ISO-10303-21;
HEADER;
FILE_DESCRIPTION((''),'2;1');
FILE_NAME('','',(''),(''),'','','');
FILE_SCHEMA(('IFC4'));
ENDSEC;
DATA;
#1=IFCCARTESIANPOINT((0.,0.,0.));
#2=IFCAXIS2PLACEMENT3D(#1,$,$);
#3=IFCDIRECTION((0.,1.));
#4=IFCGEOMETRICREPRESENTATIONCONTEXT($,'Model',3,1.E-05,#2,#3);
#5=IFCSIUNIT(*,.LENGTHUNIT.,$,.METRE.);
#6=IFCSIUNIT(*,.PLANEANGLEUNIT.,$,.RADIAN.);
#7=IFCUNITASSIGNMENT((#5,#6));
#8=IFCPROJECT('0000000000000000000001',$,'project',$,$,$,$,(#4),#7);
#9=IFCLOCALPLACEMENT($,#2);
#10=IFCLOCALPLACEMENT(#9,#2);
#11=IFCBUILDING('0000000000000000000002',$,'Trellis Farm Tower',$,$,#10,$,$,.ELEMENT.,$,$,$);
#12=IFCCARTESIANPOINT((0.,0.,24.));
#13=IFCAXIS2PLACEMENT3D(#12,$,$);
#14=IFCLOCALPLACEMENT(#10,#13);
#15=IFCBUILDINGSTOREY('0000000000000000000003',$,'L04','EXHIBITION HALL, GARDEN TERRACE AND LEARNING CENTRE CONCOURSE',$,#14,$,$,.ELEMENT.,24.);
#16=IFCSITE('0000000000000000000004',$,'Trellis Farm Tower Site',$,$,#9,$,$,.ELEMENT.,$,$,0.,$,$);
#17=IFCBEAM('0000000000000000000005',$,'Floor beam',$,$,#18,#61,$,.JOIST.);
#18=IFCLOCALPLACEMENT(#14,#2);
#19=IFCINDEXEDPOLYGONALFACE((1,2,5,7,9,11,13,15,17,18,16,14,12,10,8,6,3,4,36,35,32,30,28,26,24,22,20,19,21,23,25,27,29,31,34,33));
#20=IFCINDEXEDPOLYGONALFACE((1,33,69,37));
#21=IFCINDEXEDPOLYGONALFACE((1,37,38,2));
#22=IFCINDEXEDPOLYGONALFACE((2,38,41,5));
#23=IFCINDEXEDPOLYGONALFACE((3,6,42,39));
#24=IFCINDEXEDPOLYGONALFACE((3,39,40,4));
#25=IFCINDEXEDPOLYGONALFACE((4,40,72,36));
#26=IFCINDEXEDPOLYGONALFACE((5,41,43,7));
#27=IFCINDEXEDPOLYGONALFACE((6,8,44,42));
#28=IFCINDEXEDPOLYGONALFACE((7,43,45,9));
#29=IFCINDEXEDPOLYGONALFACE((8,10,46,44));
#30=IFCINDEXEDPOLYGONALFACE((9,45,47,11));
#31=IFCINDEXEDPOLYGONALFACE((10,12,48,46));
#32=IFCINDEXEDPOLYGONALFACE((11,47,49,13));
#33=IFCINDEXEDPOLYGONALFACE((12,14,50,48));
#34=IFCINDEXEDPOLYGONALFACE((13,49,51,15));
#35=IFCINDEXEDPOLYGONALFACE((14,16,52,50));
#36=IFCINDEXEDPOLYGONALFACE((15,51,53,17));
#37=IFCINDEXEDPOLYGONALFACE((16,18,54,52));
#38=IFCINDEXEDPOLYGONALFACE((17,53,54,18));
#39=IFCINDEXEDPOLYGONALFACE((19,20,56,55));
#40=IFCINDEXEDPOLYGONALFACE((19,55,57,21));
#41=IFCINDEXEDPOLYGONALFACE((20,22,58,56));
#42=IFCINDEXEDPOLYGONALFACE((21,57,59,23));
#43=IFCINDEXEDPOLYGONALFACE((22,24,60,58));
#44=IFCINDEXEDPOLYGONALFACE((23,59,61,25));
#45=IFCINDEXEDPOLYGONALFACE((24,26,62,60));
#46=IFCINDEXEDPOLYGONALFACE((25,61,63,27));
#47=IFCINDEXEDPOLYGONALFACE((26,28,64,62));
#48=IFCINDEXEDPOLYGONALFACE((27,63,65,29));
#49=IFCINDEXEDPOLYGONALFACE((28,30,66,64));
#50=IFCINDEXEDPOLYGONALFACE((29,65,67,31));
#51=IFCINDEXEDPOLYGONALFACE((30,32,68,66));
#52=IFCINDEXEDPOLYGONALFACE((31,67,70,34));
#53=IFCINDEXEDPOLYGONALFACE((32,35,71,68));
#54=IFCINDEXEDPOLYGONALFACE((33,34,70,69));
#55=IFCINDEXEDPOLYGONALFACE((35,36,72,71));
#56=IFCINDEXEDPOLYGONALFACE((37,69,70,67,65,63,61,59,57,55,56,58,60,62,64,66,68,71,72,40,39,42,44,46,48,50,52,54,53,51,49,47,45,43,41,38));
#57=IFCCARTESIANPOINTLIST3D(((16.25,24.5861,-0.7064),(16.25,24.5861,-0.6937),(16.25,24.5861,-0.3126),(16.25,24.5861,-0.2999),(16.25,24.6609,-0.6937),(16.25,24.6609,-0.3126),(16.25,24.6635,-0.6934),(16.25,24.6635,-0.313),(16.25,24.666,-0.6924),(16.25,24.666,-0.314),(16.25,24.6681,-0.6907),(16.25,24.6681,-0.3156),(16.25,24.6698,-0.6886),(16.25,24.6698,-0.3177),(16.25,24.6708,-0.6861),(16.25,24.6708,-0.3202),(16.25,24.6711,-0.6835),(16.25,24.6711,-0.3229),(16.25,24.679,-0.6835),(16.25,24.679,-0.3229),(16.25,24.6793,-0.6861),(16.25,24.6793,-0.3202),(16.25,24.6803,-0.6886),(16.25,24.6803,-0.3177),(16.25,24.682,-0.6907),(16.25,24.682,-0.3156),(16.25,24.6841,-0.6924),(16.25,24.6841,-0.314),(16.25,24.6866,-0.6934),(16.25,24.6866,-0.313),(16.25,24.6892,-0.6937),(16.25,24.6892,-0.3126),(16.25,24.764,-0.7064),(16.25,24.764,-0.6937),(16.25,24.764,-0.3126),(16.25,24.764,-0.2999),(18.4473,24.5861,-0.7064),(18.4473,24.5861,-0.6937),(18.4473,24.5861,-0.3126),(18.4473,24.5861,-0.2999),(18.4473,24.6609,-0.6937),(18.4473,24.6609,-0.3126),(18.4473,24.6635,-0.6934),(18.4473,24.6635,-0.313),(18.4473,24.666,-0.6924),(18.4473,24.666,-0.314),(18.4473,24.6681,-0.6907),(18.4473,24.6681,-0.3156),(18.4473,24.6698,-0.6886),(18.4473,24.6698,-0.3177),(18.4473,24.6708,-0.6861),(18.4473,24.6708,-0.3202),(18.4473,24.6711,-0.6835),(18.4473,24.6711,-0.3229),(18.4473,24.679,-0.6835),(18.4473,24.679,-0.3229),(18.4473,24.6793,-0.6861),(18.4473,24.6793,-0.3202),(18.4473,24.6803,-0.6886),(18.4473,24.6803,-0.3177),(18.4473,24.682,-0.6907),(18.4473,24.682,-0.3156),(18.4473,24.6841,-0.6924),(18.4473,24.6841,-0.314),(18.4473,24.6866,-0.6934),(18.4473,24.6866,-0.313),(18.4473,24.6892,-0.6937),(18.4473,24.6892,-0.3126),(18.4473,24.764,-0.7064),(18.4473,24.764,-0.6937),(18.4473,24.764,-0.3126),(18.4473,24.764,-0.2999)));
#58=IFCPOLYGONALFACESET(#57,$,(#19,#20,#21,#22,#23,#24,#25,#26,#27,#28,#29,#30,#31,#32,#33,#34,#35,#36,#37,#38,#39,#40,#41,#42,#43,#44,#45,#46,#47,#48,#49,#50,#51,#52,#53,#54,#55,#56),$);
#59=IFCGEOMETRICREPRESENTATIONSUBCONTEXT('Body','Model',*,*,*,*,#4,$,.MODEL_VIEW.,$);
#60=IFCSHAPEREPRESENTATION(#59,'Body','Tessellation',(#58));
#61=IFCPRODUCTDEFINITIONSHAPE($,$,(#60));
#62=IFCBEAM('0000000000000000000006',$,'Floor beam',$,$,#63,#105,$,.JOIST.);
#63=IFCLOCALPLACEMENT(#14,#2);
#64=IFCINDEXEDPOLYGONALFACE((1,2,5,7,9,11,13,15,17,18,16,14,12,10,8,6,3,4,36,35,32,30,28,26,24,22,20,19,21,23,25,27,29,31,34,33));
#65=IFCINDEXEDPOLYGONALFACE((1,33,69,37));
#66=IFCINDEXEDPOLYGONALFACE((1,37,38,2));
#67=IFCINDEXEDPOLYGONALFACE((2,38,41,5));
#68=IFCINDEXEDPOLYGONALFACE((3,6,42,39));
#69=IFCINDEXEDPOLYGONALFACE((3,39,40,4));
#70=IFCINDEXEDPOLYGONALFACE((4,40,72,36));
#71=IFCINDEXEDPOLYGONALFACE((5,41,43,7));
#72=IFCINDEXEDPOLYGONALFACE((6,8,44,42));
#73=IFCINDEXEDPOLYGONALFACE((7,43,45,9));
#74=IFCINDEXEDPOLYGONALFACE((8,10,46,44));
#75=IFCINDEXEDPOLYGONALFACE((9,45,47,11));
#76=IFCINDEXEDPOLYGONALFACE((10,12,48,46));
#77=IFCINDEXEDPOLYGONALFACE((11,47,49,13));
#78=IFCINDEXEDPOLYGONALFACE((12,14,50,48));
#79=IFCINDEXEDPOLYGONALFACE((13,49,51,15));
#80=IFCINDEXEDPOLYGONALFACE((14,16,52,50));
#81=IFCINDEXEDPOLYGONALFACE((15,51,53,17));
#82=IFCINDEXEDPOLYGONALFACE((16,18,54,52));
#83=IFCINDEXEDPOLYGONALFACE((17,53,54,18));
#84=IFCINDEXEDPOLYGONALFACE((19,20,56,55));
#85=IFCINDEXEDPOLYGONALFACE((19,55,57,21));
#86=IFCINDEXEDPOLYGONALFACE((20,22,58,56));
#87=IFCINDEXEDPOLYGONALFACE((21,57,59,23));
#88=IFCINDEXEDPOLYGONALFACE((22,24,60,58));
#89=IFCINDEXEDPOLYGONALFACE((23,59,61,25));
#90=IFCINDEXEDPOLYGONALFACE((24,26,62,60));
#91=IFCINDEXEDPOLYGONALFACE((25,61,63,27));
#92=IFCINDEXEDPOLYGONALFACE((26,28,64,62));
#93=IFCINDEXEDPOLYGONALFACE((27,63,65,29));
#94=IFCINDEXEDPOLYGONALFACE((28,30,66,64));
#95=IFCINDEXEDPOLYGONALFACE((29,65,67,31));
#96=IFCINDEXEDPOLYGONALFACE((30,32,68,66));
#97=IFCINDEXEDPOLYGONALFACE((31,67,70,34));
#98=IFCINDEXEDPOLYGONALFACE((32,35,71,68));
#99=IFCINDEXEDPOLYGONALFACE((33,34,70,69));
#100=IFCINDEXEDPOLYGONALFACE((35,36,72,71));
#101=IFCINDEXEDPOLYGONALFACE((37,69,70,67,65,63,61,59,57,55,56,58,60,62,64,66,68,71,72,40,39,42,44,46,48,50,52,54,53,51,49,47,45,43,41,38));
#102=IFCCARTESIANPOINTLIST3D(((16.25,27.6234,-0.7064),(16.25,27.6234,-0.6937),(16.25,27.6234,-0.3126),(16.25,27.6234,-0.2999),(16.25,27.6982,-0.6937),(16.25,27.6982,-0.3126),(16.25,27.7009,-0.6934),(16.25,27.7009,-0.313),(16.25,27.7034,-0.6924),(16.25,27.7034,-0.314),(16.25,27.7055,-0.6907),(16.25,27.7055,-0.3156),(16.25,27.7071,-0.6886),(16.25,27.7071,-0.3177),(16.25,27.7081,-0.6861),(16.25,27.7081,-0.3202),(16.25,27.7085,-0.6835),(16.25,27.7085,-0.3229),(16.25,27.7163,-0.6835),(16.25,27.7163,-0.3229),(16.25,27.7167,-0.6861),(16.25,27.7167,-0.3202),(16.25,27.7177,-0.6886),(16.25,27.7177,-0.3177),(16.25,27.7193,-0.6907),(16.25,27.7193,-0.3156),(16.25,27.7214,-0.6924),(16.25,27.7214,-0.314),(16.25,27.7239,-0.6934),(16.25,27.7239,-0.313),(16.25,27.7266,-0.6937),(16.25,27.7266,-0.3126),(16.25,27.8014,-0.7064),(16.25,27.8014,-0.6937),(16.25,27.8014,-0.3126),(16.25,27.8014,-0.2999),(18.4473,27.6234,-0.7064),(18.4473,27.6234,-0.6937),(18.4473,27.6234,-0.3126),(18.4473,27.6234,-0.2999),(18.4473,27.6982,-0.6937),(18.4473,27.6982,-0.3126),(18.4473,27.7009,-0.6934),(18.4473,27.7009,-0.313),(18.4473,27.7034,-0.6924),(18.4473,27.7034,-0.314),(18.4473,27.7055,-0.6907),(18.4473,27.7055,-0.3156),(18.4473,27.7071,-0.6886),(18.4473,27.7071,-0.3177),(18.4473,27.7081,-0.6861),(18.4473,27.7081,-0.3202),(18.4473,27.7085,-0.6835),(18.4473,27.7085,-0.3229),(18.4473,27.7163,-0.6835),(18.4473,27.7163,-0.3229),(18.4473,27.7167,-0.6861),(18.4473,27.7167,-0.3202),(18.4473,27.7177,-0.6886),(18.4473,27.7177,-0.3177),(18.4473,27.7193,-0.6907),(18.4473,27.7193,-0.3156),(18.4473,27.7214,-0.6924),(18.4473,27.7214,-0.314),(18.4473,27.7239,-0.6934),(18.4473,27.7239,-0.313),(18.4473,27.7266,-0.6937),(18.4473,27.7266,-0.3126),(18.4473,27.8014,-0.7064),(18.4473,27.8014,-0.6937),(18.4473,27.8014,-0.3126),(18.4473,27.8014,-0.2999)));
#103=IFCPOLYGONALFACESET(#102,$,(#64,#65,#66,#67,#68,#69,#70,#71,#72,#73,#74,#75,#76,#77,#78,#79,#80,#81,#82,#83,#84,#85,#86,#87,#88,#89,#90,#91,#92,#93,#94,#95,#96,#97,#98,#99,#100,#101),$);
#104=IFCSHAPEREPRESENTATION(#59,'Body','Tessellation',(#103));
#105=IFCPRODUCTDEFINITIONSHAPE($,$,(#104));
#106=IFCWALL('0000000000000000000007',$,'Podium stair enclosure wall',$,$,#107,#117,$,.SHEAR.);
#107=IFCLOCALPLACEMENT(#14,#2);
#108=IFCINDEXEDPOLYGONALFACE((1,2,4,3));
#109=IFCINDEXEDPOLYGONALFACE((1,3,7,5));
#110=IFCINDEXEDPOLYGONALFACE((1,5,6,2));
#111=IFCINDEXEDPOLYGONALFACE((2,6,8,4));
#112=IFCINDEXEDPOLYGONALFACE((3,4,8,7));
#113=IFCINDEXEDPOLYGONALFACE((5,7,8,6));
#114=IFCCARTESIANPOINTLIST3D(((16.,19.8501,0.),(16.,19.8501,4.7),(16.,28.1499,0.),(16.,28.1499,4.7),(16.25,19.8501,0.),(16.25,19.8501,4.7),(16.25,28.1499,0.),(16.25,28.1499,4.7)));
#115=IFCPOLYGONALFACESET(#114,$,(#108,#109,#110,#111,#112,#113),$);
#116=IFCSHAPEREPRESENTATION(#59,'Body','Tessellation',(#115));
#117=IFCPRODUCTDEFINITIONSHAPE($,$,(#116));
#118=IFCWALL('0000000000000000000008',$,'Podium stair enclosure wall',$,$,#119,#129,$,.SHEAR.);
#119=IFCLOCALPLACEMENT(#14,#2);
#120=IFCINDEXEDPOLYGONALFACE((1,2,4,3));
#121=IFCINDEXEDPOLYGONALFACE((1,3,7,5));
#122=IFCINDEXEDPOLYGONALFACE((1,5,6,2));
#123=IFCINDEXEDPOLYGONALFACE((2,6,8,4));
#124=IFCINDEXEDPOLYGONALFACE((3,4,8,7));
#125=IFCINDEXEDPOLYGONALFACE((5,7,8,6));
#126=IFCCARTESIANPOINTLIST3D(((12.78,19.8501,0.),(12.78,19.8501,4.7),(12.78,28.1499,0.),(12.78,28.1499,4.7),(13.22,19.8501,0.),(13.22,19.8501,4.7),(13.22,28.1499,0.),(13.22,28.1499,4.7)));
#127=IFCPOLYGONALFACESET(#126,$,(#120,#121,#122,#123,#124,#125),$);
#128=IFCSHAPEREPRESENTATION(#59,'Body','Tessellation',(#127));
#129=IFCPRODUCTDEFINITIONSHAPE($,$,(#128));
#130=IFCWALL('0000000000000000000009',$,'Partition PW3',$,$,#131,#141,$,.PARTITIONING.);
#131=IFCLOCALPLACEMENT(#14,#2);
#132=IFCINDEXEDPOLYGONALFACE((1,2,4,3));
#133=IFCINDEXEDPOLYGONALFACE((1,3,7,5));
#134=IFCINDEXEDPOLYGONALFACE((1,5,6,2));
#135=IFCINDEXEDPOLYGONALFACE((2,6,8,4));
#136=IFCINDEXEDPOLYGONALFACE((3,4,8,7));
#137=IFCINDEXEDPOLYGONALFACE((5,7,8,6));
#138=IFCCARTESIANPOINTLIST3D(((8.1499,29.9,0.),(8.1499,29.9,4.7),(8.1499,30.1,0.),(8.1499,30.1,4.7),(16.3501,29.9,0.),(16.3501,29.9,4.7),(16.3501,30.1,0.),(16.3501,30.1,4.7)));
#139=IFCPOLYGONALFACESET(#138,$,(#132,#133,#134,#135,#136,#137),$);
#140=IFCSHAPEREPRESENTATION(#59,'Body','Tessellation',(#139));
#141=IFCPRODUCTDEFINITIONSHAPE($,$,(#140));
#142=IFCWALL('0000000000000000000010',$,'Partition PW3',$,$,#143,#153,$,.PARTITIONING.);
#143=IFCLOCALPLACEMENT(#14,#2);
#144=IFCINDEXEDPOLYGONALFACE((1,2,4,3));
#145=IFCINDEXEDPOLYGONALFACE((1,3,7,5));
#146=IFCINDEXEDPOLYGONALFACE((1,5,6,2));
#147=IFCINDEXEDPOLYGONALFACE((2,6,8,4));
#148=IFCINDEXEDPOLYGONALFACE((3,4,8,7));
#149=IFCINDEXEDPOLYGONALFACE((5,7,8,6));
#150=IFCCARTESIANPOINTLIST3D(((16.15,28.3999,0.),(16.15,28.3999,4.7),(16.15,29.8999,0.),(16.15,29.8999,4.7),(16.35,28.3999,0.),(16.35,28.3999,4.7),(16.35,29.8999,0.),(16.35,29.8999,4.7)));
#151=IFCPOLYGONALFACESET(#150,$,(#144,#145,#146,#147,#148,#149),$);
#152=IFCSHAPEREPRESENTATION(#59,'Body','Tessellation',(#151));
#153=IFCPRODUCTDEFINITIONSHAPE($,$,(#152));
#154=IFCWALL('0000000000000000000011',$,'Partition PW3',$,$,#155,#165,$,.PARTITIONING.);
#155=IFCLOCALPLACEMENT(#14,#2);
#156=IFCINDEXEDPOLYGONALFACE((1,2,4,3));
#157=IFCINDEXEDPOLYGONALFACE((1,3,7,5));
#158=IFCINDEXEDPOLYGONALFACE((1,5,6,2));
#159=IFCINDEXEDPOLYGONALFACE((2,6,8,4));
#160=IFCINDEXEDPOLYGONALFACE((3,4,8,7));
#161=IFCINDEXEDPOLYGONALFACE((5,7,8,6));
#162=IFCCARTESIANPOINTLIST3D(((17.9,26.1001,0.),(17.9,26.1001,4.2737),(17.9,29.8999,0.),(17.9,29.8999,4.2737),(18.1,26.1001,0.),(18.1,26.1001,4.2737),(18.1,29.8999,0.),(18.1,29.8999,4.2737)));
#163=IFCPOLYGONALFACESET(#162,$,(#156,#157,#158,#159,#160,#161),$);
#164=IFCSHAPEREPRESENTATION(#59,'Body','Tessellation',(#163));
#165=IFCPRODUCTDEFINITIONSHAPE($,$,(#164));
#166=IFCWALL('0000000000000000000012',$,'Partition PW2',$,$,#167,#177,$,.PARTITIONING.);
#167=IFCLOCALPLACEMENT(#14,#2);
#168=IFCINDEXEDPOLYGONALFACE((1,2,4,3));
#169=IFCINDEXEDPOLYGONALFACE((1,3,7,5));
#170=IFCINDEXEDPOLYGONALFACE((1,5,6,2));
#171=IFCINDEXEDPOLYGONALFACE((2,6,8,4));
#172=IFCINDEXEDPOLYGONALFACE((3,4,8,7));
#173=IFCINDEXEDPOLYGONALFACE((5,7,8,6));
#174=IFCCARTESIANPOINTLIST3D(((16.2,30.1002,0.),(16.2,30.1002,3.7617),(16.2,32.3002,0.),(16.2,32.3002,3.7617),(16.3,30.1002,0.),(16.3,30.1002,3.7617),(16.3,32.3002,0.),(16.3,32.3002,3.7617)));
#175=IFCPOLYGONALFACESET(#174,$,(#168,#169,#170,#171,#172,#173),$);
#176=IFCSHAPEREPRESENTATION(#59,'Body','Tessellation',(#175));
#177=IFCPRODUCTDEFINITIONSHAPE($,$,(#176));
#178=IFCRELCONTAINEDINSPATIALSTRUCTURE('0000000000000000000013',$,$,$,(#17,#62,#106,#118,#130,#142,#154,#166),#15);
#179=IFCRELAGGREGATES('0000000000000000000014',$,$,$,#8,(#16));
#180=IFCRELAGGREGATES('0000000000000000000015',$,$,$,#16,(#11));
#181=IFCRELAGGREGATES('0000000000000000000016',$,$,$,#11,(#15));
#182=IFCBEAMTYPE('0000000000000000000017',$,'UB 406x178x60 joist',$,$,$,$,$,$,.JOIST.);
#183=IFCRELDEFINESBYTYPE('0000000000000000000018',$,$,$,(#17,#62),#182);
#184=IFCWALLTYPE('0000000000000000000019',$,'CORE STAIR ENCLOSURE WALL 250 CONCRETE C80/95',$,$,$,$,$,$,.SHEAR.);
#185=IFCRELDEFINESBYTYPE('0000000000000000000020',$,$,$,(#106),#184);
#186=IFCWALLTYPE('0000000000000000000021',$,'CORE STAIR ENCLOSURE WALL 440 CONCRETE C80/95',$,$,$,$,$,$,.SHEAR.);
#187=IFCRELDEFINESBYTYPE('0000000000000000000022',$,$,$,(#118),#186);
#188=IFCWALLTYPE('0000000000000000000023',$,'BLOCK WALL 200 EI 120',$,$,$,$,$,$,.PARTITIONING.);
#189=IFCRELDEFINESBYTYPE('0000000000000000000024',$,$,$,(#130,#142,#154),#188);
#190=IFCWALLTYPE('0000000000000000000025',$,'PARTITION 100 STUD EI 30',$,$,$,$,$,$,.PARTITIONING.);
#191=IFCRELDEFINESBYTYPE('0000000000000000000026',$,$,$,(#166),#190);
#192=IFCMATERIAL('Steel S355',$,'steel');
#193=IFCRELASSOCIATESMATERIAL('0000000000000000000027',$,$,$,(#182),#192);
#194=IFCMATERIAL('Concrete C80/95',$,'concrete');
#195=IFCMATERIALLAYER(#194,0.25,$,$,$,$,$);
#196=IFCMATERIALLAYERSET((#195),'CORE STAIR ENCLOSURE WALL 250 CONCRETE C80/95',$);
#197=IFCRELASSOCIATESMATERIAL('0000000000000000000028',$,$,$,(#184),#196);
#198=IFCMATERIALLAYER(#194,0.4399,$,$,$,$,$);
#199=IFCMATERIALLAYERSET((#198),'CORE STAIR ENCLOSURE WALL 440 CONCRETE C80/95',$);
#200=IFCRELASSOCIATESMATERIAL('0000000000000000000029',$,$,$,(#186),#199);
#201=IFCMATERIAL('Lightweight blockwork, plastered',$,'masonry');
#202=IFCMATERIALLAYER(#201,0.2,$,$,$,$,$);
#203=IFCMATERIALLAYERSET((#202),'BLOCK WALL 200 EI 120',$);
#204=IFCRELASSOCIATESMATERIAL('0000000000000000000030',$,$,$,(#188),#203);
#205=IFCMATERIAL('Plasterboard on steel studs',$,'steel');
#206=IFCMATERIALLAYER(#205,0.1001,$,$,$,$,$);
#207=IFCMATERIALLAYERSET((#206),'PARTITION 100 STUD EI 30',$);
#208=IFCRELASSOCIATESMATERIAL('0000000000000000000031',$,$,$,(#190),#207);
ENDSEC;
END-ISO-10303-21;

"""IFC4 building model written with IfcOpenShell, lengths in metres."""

from ifc_helpers import new_model, si_unit, direction, frame, frame_2d, origin, origin_2d, place, context, subcontext, project, spatial, rectangle, i_section, extrude, source, transform, mapped, material, layer, layer_set, material_profile, profile_set, type_object, element, save


model = new_model("IFC4")

# Units and contexts
model_context = context("Model", 3, precision=1e-05, world=origin(), true_north=direction((0.0, 1.0)))
body_context = subcontext(model_context, "Body", "Model", "MODEL_VIEW")
ifc_project = project(units=[si_unit("LENGTHUNIT", "METRE"), si_unit("PLANEANGLEUNIT", "RADIAN")], contexts=[model_context])

# Site, building, storey
site_placement = place(None, origin())
site = spatial("IfcSite", under=ifc_project, at=site_placement, Name="Trellis Farm Tower Site", CompositionType="ELEMENT", RefElevation=0.0)
building_placement = place(site_placement, origin())
building = spatial("IfcBuilding", under=site, at=building_placement, Name="Trellis Farm Tower", CompositionType="ELEMENT")
storey_placement = place(building_placement, frame((0.0, 0.0, 24.0)))
storey = spatial("IfcBuildingStorey", under=building, at=storey_placement, Name="L04", Description="EXHIBITION HALL, GARDEN TERRACE AND LEARNING CENTRE CONCOURSE", CompositionType="ELEMENT", Elevation=24.0)

# Beams
ifc_material_1 = material(Name="Steel S355", Category="steel")
ifc_material_profile_1 = material_profile(ifc_material_1, i_section(OverallWidth=0.178, OverallDepth=0.4065, WebThickness=0.0078, FlangeThickness=0.0127, FilletRadius=0.0103, at=origin_2d()), Name="UB 406x178x60")
ifc_profile_set_1 = profile_set([ifc_material_profile_1], Name="Steel S355")
beam_type_1 = type_object("IfcBeamType", Name="UB 406x178x60 joist", PredefinedType="JOIST", material=ifc_profile_set_1)
shared_shape_1 = source(origin(), body_context, "Body", "SweptSolid", [
    extrude(i_section(OverallWidth=0.178, OverallDepth=0.4065, WebThickness=0.0078, FlangeThickness=0.0127, FilletRadius=0.0103, at=origin_2d()), origin(), (0.0, 0.0, 1.0), 2.1973),
])
for number, where, z_axis, x_axis, name in (
    (1, (16.25, 24.675, -0.5032), (1.0, 0.0, 0.0), (0.0, 1.0, 0.0), "Floor beam"),
    (2, (16.25, 27.7124, -0.5032), (1.0, 0.0, 0.0), (0.0, 1.0, 0.0), "Floor beam"),
):
    element("IfcBeam", number, at=place(storey_placement, frame(where, z_axis=z_axis, x_axis=x_axis)), inside=storey, type_object=beam_type_1, Name=name, PredefinedType="JOIST", context=body_context, shape_type="MappedRepresentation", body=[
        mapped(shared_shape_1, transform((0.0, 0.0, 0.0))),
    ])

# Walls
ifc_material_2 = material(Name="Concrete C80/95", Category="concrete")
ifc_layer_1 = layer(ifc_material_2, 0.25)
ifc_layer_set_1 = layer_set([ifc_layer_1], Name="CORE STAIR ENCLOSURE WALL 250 CONCRETE C80/95")
wall_type_1 = type_object("IfcWallType", Name="CORE STAIR ENCLOSURE WALL 250 CONCRETE C80/95", PredefinedType="SHEAR", material=ifc_layer_set_1)
shared_shape_2 = source(origin(), body_context, "Body", "SweptSolid", [
    extrude(rectangle(XDim=8.2998, YDim=0.25, at=frame_2d((4.1499, 0.0))), origin(), (0.0, 0.0, 1.0), 4.7),
])
wall_1_placement = place(storey_placement, frame((16.125, 19.8501, 0.0), z_axis=(0.0, 0.0, 1.0), x_axis=(0.0, 1.0, 0.0)))
element("IfcWall", 3, at=wall_1_placement, inside=storey, type_object=wall_type_1, Name="Podium stair enclosure wall", PredefinedType="SHEAR", context=body_context, shape_type="MappedRepresentation", body=[
    mapped(shared_shape_2, transform((0.0, 0.0, 0.0))),
])
ifc_layer_2 = layer(ifc_material_2, 0.4399)
ifc_layer_set_2 = layer_set([ifc_layer_2], Name="CORE STAIR ENCLOSURE WALL 440 CONCRETE C80/95")
wall_type_2 = type_object("IfcWallType", Name="CORE STAIR ENCLOSURE WALL 440 CONCRETE C80/95", PredefinedType="SHEAR", material=ifc_layer_set_2)
shared_shape_3 = source(origin(), body_context, "Body", "SweptSolid", [
    extrude(rectangle(XDim=8.2998, YDim=0.4399, at=frame_2d((4.1499, 0.0))), origin(), (0.0, 0.0, 1.0), 4.7),
])
wall_2_placement = place(storey_placement, frame((13.0, 19.8501, 0.0), z_axis=(0.0, 0.0, 1.0), x_axis=(0.0, 1.0, 0.0)))
element("IfcWall", 4, at=wall_2_placement, inside=storey, type_object=wall_type_2, Name="Podium stair enclosure wall", PredefinedType="SHEAR", context=body_context, shape_type="MappedRepresentation", body=[
    mapped(shared_shape_3, transform((0.0, 0.0, 0.0))),
])
ifc_material_3 = material(Name="Lightweight blockwork, plastered", Category="masonry")
ifc_layer_3 = layer(ifc_material_3, 0.2)
ifc_layer_set_3 = layer_set([ifc_layer_3], Name="BLOCK WALL 200 EI 120")
wall_type_3 = type_object("IfcWallType", Name="BLOCK WALL 200 EI 120", PredefinedType="PARTITIONING", material=ifc_layer_set_3)
shared_shape_4 = source(origin(), body_context, "Body", "SweptSolid", [
    extrude(rectangle(XDim=8.2002, YDim=0.2, at=frame_2d((4.1001, 0.0))), origin(), (0.0, 0.0, 1.0), 4.7),
])
wall_3_placement = place(storey_placement, frame((16.3501, 30.0, 0.0), z_axis=(0.0, 0.0, 1.0), x_axis=(-1.0, 0.0, 0.0)))
element("IfcWall", 5, at=wall_3_placement, inside=storey, type_object=wall_type_3, Name="Partition PW3", PredefinedType="PARTITIONING", context=body_context, shape_type="MappedRepresentation", body=[
    mapped(shared_shape_4, transform((0.0, 0.0, 0.0))),
])
shared_shape_5 = source(origin(), body_context, "Body", "SweptSolid", [
    extrude(rectangle(XDim=1.5, YDim=0.2, at=frame_2d((0.75, 0.0))), origin(), (0.0, 0.0, 1.0), 4.7),
])
wall_4_placement = place(storey_placement, frame((16.25, 29.8999, 0.0), z_axis=(0.0, 0.0, 1.0), x_axis=(0.0, -1.0, 0.0)))
element("IfcWall", 6, at=wall_4_placement, inside=storey, type_object=wall_type_3, Name="Partition PW3", PredefinedType="PARTITIONING", context=body_context, shape_type="MappedRepresentation", body=[
    mapped(shared_shape_5, transform((0.0, 0.0, 0.0))),
])
shared_shape_6 = source(origin(), body_context, "Body", "SweptSolid", [
    extrude(rectangle(XDim=3.7998, YDim=0.2, at=frame_2d((1.8999, 0.0))), origin(), (0.0, 0.0, 1.0), 4.2737),
])
wall_5_placement = place(storey_placement, frame((18.0, 29.8999, 0.0), z_axis=(0.0, 0.0, 1.0), x_axis=(0.0, -1.0, 0.0)))
element("IfcWall", 7, at=wall_5_placement, inside=storey, type_object=wall_type_3, Name="Partition PW3", PredefinedType="PARTITIONING", context=body_context, shape_type="MappedRepresentation", body=[
    mapped(shared_shape_6, transform((0.0, 0.0, 0.0))),
])
ifc_material_4 = material(Name="Plasterboard on steel studs", Category="steel")
ifc_layer_4 = layer(ifc_material_4, 0.1001)
ifc_layer_set_4 = layer_set([ifc_layer_4], Name="PARTITION 100 STUD EI 30")
wall_type_4 = type_object("IfcWallType", Name="PARTITION 100 STUD EI 30", PredefinedType="PARTITIONING", material=ifc_layer_set_4)
shared_shape_7 = source(origin(), body_context, "Body", "SweptSolid", [
    extrude(rectangle(XDim=2.2, YDim=0.1001, at=frame_2d((1.1001, 0.0))), origin(), (0.0, 0.0, 1.0), 3.7617),
])
wall_6_placement = place(storey_placement, frame((16.25, 30.1001, 0.0), z_axis=(0.0, 0.0, 1.0), x_axis=(0.0, 1.0, 0.0)))
element("IfcWall", 8, at=wall_6_placement, inside=storey, type_object=wall_type_4, Name="Partition PW2", PredefinedType="PARTITIONING", context=body_context, shape_type="MappedRepresentation", body=[
    mapped(shared_shape_7, transform((0.0, 0.0, 0.0))),
])

save(model, "model.ifc")
